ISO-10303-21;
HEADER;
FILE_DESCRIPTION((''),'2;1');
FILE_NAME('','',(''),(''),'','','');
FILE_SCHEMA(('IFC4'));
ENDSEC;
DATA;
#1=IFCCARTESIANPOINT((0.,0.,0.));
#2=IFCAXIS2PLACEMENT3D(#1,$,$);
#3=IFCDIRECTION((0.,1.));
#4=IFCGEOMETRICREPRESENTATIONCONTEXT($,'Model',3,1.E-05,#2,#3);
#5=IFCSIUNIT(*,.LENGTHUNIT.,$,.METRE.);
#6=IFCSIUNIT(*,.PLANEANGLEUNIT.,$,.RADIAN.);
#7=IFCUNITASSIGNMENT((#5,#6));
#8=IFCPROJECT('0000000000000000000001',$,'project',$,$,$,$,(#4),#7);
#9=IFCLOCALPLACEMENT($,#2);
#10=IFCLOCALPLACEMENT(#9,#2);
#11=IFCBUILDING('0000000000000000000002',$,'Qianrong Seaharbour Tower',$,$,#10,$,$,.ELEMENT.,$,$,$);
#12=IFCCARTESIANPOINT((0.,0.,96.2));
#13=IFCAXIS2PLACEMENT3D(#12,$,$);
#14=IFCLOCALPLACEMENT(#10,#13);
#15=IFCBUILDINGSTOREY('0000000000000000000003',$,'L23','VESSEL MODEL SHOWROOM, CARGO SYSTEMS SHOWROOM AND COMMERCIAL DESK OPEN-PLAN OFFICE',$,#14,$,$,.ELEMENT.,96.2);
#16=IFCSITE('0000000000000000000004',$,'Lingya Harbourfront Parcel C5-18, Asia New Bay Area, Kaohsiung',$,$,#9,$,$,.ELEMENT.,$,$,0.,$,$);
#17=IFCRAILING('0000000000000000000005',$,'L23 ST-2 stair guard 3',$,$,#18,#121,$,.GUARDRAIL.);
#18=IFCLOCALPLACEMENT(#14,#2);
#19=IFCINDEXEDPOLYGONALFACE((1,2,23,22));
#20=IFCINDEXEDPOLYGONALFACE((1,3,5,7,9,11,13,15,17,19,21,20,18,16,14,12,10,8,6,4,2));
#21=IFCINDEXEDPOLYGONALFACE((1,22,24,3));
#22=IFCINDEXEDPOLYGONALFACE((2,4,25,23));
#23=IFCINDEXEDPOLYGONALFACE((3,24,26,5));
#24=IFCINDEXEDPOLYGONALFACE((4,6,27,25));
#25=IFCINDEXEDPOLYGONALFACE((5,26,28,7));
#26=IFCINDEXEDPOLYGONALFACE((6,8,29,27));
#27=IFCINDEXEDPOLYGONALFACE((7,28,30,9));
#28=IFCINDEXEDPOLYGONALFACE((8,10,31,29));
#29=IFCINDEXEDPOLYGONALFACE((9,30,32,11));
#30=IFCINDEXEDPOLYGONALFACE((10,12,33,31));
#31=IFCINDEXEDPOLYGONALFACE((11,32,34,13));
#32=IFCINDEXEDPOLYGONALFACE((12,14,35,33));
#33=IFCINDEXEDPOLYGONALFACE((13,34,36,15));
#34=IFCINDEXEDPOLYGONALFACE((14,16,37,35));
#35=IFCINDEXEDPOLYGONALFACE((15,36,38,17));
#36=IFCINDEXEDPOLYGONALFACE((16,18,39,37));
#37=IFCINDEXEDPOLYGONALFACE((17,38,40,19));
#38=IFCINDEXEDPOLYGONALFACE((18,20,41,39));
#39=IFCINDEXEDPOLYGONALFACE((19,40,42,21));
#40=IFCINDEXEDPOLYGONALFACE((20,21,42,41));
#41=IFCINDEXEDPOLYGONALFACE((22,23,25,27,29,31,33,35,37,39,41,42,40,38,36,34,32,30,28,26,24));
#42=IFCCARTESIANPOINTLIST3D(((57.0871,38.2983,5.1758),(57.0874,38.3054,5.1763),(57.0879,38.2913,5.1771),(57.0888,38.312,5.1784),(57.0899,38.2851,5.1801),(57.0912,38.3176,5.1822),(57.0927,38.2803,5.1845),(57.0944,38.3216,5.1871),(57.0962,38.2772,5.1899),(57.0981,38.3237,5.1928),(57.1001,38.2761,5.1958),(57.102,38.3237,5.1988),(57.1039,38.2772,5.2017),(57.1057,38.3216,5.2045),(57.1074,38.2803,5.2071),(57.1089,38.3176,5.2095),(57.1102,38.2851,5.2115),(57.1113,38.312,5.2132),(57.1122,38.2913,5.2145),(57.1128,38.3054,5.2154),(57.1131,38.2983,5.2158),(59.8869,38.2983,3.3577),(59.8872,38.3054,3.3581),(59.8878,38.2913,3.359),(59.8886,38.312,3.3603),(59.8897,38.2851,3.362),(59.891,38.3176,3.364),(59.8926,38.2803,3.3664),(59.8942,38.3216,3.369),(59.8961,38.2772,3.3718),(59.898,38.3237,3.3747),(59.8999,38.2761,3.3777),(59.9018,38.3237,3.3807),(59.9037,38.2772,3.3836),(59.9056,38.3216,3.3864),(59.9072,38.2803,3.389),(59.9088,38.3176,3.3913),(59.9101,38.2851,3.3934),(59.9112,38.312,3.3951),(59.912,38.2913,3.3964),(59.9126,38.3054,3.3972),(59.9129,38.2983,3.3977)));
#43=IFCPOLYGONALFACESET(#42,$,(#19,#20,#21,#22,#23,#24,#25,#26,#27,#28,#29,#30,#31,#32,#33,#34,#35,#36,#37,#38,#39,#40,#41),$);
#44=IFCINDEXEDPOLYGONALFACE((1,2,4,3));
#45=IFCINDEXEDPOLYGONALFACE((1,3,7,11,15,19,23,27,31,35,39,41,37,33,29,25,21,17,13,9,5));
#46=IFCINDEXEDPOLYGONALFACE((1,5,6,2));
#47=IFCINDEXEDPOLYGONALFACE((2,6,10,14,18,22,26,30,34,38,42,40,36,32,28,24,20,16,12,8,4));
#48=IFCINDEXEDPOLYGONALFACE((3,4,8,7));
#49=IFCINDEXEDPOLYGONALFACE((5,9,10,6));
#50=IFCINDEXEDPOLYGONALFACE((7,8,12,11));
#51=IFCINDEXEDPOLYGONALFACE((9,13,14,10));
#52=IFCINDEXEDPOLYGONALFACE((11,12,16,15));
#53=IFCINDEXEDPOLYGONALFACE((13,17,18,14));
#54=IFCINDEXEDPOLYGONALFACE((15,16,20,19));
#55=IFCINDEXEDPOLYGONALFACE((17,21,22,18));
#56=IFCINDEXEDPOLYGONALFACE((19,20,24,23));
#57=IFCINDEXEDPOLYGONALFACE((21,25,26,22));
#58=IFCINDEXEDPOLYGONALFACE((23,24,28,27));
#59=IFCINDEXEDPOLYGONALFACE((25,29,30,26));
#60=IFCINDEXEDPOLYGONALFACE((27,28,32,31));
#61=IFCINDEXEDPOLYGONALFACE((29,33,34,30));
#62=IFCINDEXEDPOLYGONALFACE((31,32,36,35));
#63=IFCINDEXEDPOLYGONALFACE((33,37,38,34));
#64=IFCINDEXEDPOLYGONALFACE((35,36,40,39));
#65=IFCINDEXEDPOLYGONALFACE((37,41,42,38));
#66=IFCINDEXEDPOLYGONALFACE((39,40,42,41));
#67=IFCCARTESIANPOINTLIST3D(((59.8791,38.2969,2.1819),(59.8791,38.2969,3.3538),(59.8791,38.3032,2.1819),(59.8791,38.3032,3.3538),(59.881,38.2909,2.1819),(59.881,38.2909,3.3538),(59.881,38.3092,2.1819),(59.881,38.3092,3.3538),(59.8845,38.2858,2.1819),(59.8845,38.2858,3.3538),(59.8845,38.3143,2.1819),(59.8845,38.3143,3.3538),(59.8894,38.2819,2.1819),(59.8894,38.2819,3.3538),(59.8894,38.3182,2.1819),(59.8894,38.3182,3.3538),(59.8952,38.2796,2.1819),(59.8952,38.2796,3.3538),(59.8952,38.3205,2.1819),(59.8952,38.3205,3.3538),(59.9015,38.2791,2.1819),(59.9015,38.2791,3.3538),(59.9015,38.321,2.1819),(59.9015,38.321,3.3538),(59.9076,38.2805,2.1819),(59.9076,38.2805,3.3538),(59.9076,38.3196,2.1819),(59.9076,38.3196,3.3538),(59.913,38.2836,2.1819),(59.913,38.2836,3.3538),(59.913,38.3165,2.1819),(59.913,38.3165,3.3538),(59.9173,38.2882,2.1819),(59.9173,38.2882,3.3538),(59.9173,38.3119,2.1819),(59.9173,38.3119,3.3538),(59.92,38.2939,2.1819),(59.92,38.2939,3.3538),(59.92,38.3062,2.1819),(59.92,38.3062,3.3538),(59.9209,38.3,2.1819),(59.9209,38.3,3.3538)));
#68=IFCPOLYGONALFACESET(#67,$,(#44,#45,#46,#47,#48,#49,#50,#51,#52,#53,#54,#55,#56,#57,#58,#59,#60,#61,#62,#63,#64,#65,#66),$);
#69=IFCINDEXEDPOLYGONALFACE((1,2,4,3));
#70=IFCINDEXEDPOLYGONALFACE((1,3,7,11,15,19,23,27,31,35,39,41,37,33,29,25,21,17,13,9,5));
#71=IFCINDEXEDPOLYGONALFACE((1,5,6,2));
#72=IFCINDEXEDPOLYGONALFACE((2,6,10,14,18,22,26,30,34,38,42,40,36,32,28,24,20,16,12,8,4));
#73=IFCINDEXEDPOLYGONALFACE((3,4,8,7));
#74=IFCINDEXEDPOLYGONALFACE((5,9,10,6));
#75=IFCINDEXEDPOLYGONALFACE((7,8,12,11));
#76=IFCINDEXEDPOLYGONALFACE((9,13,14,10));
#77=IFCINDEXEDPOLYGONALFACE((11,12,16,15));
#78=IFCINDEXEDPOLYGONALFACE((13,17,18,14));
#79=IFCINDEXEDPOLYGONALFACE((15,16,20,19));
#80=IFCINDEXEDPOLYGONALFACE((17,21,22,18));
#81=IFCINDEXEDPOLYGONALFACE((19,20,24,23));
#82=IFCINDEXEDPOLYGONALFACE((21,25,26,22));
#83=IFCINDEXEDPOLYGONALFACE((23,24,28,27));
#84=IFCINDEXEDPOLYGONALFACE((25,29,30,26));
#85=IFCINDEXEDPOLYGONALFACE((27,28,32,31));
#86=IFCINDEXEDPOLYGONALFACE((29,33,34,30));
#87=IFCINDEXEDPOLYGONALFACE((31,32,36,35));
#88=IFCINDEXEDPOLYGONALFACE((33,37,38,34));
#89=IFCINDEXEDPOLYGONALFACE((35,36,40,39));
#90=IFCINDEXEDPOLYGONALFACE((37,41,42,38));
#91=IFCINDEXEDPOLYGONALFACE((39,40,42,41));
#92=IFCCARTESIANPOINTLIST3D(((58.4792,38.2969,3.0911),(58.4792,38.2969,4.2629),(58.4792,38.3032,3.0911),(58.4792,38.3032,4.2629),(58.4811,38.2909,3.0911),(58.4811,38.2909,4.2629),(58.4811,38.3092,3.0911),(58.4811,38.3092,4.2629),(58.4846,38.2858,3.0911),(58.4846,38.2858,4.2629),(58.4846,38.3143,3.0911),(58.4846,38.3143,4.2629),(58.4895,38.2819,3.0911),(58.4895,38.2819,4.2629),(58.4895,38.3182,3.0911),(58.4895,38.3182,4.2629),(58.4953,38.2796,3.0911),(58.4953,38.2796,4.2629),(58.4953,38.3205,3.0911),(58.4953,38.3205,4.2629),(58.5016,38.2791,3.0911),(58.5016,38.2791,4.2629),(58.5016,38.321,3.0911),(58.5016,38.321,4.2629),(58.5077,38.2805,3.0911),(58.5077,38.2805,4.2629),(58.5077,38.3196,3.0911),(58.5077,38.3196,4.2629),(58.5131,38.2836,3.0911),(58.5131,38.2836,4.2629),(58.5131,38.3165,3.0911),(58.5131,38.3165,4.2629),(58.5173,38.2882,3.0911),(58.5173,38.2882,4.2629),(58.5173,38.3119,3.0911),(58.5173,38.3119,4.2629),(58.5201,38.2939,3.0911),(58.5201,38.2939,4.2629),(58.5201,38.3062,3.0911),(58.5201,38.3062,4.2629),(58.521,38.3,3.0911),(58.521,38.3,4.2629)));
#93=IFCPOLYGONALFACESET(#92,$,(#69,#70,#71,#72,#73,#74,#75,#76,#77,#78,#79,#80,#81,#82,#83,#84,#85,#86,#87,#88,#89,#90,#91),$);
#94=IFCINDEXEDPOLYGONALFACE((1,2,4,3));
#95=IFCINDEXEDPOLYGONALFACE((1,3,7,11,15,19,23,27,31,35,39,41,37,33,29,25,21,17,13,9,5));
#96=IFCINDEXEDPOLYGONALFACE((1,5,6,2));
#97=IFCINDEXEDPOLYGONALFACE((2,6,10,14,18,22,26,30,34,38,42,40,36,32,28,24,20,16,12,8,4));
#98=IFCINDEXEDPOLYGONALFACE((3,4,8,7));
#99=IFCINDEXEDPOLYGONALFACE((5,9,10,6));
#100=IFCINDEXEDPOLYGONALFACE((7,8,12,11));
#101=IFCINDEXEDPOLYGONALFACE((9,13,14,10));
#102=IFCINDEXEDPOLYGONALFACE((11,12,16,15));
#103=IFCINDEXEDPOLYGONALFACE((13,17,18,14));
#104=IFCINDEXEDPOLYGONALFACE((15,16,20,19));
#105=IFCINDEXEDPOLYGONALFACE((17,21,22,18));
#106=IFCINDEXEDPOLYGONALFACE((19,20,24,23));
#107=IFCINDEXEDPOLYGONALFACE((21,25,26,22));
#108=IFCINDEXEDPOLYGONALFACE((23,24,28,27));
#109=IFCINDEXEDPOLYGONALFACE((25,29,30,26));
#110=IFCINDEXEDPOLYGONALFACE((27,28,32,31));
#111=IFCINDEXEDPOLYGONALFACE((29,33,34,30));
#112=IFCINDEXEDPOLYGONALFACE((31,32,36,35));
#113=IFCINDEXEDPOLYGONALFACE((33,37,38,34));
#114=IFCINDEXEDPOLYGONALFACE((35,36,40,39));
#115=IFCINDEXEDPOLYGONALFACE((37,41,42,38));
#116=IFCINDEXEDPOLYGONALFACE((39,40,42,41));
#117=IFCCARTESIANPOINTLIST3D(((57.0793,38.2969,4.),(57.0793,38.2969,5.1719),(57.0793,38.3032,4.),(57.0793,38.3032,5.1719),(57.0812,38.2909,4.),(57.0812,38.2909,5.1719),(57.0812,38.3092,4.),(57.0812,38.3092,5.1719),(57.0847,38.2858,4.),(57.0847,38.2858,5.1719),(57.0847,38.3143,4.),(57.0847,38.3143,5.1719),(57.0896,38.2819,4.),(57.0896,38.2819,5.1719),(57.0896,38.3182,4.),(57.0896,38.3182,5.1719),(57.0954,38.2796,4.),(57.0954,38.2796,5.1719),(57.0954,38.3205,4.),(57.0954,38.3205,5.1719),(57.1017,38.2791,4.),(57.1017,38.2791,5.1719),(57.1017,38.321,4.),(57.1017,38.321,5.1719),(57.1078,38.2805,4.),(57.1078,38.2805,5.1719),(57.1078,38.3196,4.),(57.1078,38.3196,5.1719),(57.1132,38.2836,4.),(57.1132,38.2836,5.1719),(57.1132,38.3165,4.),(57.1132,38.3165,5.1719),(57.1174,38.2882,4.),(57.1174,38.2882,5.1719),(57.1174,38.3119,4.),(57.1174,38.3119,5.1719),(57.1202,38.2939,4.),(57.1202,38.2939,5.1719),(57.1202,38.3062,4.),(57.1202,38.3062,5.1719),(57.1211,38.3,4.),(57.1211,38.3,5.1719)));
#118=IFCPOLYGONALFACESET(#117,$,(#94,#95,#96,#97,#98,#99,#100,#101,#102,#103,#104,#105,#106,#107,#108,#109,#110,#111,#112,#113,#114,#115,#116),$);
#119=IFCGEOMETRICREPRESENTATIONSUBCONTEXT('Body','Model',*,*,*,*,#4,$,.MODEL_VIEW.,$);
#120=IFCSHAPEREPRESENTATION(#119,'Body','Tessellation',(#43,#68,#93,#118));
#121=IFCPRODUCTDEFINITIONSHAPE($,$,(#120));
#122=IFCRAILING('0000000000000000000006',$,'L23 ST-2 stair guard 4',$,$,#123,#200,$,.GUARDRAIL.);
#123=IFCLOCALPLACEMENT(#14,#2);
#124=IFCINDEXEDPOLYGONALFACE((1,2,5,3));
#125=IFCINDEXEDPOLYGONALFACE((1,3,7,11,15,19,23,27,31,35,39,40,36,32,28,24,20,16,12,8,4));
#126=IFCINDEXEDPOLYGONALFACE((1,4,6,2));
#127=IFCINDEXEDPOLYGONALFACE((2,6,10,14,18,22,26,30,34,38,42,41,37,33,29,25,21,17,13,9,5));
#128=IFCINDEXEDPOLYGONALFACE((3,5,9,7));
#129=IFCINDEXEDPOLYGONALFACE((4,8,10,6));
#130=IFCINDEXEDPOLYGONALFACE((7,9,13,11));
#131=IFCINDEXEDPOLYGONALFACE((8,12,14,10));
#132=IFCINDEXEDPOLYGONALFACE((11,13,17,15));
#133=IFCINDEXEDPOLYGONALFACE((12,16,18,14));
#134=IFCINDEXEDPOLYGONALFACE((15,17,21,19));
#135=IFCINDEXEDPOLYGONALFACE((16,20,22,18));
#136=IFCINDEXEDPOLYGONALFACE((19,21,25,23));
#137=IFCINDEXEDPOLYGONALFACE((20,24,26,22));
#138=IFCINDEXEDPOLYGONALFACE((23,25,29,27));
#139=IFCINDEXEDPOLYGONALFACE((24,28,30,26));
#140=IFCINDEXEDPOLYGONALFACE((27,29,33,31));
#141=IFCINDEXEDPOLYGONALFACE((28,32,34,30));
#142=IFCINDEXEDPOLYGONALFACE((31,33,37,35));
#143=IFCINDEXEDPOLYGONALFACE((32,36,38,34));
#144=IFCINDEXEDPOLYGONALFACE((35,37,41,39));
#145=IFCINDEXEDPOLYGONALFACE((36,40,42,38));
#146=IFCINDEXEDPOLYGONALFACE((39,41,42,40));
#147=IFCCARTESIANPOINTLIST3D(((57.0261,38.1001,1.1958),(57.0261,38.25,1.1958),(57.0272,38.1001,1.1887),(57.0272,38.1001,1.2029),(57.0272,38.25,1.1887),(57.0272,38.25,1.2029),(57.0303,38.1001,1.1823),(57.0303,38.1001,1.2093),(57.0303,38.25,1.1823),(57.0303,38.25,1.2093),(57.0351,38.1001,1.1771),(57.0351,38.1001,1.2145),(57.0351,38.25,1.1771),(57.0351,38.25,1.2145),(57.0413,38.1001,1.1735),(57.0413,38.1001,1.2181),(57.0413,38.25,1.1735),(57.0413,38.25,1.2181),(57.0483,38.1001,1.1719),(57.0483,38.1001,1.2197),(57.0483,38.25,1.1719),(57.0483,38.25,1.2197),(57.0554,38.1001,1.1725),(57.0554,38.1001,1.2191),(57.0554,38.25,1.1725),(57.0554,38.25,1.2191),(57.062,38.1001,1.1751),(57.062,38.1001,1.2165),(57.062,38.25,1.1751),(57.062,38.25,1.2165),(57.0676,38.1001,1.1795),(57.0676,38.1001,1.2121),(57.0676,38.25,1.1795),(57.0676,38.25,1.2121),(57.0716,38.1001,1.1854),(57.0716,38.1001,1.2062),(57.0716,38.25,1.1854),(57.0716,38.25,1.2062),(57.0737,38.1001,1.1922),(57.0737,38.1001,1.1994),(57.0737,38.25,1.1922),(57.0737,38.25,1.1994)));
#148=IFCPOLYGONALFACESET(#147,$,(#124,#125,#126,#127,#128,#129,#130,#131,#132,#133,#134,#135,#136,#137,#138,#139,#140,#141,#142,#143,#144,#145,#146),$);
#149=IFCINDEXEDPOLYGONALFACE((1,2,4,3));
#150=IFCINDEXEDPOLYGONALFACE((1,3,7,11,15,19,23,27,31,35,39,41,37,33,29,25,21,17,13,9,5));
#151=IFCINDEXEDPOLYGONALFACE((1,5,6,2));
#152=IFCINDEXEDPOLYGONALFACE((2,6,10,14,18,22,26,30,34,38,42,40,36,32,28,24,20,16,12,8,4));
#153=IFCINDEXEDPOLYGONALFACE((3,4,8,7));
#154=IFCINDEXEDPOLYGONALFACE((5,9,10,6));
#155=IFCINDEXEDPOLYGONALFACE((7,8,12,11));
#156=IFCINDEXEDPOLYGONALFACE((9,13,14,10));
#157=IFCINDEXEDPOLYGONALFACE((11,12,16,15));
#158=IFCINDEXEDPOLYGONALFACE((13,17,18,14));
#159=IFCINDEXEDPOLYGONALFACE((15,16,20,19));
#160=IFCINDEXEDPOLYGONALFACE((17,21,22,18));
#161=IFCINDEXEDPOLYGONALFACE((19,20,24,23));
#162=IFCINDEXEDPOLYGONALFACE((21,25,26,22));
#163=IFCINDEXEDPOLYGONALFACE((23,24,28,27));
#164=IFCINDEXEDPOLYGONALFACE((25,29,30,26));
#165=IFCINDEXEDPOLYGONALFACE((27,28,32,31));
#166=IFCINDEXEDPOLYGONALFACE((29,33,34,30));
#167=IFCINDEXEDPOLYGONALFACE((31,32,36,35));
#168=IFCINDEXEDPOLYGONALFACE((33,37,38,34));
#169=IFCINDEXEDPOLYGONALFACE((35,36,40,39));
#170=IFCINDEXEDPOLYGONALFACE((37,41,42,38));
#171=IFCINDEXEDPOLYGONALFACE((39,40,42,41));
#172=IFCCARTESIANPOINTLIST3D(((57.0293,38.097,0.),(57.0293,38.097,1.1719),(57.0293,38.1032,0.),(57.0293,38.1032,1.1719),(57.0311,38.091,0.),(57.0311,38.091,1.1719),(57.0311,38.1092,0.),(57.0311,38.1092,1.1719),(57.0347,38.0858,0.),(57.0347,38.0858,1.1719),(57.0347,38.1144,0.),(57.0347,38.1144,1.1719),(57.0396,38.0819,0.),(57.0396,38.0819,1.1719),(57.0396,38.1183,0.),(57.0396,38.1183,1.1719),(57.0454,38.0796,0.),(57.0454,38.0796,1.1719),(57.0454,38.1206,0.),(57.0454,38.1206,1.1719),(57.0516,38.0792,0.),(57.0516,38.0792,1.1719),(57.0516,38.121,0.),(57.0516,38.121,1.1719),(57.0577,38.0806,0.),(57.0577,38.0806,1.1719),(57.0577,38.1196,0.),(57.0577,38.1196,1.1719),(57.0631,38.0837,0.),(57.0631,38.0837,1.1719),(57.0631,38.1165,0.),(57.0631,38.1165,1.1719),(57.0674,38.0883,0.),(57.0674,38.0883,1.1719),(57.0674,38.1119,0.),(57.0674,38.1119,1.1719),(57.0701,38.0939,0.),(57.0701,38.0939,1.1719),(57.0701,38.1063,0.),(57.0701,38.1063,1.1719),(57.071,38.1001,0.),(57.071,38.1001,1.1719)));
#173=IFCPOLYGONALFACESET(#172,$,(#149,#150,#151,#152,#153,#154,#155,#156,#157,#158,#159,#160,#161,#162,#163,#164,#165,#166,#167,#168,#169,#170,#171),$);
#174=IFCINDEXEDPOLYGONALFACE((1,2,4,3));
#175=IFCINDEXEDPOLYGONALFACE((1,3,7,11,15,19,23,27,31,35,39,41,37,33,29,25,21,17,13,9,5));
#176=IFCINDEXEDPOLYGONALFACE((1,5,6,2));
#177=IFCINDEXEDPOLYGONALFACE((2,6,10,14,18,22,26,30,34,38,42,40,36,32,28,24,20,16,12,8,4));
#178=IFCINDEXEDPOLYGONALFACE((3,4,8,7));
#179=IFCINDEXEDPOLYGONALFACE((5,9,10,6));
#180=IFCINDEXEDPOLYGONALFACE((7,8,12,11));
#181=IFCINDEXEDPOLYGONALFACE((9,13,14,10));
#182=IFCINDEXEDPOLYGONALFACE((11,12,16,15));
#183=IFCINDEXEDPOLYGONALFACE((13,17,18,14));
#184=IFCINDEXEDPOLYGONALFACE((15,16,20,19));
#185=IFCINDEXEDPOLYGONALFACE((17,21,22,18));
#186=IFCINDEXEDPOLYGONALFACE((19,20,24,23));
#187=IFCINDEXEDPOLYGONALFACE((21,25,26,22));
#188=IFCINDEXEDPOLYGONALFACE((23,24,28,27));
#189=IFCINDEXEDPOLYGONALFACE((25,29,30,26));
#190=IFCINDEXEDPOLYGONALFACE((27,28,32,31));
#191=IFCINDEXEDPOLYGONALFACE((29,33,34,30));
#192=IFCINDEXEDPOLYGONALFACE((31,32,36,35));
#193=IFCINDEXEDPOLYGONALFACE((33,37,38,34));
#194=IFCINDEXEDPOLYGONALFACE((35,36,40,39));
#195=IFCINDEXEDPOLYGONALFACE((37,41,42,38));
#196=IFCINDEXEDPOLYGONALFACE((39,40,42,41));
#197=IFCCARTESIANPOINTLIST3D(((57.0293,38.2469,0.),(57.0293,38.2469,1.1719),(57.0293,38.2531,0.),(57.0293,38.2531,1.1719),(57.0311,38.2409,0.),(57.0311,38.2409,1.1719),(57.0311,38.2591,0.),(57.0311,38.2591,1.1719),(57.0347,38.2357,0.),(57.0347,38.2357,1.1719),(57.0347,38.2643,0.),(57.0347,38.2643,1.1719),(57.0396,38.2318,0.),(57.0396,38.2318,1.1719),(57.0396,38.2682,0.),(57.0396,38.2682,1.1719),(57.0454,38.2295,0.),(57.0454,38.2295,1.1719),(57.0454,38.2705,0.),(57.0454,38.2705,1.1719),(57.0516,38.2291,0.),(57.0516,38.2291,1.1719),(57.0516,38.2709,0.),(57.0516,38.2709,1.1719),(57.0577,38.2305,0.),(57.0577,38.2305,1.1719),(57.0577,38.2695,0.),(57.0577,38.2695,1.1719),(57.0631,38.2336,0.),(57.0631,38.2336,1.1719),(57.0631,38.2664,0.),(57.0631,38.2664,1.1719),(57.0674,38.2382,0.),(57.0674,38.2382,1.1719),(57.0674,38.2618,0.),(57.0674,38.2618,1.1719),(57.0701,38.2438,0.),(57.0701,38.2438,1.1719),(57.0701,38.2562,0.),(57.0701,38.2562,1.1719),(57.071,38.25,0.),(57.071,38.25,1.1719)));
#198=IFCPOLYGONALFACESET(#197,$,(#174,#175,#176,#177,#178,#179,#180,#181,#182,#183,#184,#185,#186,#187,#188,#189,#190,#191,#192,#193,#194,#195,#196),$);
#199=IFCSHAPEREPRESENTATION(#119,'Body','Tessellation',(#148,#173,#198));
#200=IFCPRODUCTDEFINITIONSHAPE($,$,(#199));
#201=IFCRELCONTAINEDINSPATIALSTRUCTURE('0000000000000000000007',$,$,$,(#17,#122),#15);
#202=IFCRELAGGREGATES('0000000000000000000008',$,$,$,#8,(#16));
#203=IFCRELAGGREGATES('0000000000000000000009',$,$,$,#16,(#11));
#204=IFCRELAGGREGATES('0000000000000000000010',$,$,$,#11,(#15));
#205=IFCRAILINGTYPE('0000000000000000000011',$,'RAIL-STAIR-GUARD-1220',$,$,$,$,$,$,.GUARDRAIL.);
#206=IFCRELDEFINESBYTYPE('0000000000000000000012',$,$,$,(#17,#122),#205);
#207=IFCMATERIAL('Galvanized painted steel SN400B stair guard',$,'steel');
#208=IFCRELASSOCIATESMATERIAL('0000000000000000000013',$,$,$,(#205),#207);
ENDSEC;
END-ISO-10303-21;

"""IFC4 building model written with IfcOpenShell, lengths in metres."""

from ifc_helpers import new_model, si_unit, direction, frame, origin, origin_2d, place, context, subcontext, project, spatial, circle, extrude, material, type_object, element, save


model = new_model("IFC4")

# Units and contexts
model_context = context("Model", 3, precision=1e-05, world=origin(), true_north=direction((0.0, 1.0)))
body_context = subcontext(model_context, "Body", "Model", "MODEL_VIEW")
ifc_project = project(units=[si_unit("LENGTHUNIT", "METRE"), si_unit("PLANEANGLEUNIT", "RADIAN")], contexts=[model_context])

# Site, building, storey
site_placement = place(None, origin())
site = spatial("IfcSite", under=ifc_project, at=site_placement, Name="Lingya Harbourfront Parcel C5-18, Asia New Bay Area, Kaohsiung", CompositionType="ELEMENT", RefElevation=0.0)
building_placement = place(site_placement, origin())
building = spatial("IfcBuilding", under=site, at=building_placement, Name="Qianrong Seaharbour Tower", CompositionType="ELEMENT")
storey_placement = place(building_placement, frame((0.0, 0.0, 96.2)))
storey = spatial("IfcBuildingStorey", under=building, at=storey_placement, Name="L23", Description="VESSEL MODEL SHOWROOM, CARGO SYSTEMS SHOWROOM AND COMMERCIAL DESK OPEN-PLAN OFFICE", CompositionType="ELEMENT", Elevation=96.2)

# Railings
ifc_material_1 = material(Name="Galvanized painted steel SN400B stair guard", Category="steel")
railing_type_1 = type_object("IfcRailingType", Name="RAIL-STAIR-GUARD-1220", PredefinedType="GUARDRAIL", material=ifc_material_1)
railing_1_placement = place(storey_placement, frame((59.8999, 38.3, 2.1819)))
element("IfcRailing", 1, at=railing_1_placement, inside=storey, type_object=railing_type_1, Name="L23 ST-2 stair guard 3", PredefinedType="GUARDRAIL", context=body_context, shape_type="SweptSolid", body=[
    extrude(circle(Radius=0.0239, at=origin_2d()), frame((0.0, 0.0, 1.1958), z_axis=(-0.838684, 0.0, 0.544618), x_axis=(0.0, -1.0, 0.0)), (0.0, 0.0, 1.0), 3.3384),
    extrude(circle(Radius=0.021, at=origin_2d()), origin(), (0.0, 0.0, 1.0), 1.1719),
    extrude(circle(Radius=0.021, at=origin_2d()), frame((-1.3999, 0.0, 0.9092)), (0.0, 0.0, 1.0), 1.1719),
    extrude(circle(Radius=0.021, at=origin_2d()), frame((-2.7998, 0.0, 1.8181)), (0.0, 0.0, 1.0), 1.1719),
])
railing_2_placement = place(storey_placement, frame((57.05, 38.1001, 0.0)))
element("IfcRailing", 2, at=railing_2_placement, inside=storey, type_object=railing_type_1, Name="L23 ST-2 stair guard 4", PredefinedType="GUARDRAIL", context=body_context, shape_type="SweptSolid", body=[
    extrude(circle(Radius=0.0239, at=origin_2d()), frame((0.0, 0.0, 1.1958), z_axis=(0.0, 1.0, 0.0), x_axis=(-1.0, 0.0, 0.0)), (0.0, 0.0, 1.0), 0.1499),
    extrude(circle(Radius=0.021, at=origin_2d()), origin(), (0.0, 0.0, 1.0), 1.1719),
    extrude(circle(Radius=0.021, at=origin_2d()), frame((0.0, 0.1499, 0.0)), (0.0, 0.0, 1.0), 1.1719),
])

save(model, "model.ifc")
